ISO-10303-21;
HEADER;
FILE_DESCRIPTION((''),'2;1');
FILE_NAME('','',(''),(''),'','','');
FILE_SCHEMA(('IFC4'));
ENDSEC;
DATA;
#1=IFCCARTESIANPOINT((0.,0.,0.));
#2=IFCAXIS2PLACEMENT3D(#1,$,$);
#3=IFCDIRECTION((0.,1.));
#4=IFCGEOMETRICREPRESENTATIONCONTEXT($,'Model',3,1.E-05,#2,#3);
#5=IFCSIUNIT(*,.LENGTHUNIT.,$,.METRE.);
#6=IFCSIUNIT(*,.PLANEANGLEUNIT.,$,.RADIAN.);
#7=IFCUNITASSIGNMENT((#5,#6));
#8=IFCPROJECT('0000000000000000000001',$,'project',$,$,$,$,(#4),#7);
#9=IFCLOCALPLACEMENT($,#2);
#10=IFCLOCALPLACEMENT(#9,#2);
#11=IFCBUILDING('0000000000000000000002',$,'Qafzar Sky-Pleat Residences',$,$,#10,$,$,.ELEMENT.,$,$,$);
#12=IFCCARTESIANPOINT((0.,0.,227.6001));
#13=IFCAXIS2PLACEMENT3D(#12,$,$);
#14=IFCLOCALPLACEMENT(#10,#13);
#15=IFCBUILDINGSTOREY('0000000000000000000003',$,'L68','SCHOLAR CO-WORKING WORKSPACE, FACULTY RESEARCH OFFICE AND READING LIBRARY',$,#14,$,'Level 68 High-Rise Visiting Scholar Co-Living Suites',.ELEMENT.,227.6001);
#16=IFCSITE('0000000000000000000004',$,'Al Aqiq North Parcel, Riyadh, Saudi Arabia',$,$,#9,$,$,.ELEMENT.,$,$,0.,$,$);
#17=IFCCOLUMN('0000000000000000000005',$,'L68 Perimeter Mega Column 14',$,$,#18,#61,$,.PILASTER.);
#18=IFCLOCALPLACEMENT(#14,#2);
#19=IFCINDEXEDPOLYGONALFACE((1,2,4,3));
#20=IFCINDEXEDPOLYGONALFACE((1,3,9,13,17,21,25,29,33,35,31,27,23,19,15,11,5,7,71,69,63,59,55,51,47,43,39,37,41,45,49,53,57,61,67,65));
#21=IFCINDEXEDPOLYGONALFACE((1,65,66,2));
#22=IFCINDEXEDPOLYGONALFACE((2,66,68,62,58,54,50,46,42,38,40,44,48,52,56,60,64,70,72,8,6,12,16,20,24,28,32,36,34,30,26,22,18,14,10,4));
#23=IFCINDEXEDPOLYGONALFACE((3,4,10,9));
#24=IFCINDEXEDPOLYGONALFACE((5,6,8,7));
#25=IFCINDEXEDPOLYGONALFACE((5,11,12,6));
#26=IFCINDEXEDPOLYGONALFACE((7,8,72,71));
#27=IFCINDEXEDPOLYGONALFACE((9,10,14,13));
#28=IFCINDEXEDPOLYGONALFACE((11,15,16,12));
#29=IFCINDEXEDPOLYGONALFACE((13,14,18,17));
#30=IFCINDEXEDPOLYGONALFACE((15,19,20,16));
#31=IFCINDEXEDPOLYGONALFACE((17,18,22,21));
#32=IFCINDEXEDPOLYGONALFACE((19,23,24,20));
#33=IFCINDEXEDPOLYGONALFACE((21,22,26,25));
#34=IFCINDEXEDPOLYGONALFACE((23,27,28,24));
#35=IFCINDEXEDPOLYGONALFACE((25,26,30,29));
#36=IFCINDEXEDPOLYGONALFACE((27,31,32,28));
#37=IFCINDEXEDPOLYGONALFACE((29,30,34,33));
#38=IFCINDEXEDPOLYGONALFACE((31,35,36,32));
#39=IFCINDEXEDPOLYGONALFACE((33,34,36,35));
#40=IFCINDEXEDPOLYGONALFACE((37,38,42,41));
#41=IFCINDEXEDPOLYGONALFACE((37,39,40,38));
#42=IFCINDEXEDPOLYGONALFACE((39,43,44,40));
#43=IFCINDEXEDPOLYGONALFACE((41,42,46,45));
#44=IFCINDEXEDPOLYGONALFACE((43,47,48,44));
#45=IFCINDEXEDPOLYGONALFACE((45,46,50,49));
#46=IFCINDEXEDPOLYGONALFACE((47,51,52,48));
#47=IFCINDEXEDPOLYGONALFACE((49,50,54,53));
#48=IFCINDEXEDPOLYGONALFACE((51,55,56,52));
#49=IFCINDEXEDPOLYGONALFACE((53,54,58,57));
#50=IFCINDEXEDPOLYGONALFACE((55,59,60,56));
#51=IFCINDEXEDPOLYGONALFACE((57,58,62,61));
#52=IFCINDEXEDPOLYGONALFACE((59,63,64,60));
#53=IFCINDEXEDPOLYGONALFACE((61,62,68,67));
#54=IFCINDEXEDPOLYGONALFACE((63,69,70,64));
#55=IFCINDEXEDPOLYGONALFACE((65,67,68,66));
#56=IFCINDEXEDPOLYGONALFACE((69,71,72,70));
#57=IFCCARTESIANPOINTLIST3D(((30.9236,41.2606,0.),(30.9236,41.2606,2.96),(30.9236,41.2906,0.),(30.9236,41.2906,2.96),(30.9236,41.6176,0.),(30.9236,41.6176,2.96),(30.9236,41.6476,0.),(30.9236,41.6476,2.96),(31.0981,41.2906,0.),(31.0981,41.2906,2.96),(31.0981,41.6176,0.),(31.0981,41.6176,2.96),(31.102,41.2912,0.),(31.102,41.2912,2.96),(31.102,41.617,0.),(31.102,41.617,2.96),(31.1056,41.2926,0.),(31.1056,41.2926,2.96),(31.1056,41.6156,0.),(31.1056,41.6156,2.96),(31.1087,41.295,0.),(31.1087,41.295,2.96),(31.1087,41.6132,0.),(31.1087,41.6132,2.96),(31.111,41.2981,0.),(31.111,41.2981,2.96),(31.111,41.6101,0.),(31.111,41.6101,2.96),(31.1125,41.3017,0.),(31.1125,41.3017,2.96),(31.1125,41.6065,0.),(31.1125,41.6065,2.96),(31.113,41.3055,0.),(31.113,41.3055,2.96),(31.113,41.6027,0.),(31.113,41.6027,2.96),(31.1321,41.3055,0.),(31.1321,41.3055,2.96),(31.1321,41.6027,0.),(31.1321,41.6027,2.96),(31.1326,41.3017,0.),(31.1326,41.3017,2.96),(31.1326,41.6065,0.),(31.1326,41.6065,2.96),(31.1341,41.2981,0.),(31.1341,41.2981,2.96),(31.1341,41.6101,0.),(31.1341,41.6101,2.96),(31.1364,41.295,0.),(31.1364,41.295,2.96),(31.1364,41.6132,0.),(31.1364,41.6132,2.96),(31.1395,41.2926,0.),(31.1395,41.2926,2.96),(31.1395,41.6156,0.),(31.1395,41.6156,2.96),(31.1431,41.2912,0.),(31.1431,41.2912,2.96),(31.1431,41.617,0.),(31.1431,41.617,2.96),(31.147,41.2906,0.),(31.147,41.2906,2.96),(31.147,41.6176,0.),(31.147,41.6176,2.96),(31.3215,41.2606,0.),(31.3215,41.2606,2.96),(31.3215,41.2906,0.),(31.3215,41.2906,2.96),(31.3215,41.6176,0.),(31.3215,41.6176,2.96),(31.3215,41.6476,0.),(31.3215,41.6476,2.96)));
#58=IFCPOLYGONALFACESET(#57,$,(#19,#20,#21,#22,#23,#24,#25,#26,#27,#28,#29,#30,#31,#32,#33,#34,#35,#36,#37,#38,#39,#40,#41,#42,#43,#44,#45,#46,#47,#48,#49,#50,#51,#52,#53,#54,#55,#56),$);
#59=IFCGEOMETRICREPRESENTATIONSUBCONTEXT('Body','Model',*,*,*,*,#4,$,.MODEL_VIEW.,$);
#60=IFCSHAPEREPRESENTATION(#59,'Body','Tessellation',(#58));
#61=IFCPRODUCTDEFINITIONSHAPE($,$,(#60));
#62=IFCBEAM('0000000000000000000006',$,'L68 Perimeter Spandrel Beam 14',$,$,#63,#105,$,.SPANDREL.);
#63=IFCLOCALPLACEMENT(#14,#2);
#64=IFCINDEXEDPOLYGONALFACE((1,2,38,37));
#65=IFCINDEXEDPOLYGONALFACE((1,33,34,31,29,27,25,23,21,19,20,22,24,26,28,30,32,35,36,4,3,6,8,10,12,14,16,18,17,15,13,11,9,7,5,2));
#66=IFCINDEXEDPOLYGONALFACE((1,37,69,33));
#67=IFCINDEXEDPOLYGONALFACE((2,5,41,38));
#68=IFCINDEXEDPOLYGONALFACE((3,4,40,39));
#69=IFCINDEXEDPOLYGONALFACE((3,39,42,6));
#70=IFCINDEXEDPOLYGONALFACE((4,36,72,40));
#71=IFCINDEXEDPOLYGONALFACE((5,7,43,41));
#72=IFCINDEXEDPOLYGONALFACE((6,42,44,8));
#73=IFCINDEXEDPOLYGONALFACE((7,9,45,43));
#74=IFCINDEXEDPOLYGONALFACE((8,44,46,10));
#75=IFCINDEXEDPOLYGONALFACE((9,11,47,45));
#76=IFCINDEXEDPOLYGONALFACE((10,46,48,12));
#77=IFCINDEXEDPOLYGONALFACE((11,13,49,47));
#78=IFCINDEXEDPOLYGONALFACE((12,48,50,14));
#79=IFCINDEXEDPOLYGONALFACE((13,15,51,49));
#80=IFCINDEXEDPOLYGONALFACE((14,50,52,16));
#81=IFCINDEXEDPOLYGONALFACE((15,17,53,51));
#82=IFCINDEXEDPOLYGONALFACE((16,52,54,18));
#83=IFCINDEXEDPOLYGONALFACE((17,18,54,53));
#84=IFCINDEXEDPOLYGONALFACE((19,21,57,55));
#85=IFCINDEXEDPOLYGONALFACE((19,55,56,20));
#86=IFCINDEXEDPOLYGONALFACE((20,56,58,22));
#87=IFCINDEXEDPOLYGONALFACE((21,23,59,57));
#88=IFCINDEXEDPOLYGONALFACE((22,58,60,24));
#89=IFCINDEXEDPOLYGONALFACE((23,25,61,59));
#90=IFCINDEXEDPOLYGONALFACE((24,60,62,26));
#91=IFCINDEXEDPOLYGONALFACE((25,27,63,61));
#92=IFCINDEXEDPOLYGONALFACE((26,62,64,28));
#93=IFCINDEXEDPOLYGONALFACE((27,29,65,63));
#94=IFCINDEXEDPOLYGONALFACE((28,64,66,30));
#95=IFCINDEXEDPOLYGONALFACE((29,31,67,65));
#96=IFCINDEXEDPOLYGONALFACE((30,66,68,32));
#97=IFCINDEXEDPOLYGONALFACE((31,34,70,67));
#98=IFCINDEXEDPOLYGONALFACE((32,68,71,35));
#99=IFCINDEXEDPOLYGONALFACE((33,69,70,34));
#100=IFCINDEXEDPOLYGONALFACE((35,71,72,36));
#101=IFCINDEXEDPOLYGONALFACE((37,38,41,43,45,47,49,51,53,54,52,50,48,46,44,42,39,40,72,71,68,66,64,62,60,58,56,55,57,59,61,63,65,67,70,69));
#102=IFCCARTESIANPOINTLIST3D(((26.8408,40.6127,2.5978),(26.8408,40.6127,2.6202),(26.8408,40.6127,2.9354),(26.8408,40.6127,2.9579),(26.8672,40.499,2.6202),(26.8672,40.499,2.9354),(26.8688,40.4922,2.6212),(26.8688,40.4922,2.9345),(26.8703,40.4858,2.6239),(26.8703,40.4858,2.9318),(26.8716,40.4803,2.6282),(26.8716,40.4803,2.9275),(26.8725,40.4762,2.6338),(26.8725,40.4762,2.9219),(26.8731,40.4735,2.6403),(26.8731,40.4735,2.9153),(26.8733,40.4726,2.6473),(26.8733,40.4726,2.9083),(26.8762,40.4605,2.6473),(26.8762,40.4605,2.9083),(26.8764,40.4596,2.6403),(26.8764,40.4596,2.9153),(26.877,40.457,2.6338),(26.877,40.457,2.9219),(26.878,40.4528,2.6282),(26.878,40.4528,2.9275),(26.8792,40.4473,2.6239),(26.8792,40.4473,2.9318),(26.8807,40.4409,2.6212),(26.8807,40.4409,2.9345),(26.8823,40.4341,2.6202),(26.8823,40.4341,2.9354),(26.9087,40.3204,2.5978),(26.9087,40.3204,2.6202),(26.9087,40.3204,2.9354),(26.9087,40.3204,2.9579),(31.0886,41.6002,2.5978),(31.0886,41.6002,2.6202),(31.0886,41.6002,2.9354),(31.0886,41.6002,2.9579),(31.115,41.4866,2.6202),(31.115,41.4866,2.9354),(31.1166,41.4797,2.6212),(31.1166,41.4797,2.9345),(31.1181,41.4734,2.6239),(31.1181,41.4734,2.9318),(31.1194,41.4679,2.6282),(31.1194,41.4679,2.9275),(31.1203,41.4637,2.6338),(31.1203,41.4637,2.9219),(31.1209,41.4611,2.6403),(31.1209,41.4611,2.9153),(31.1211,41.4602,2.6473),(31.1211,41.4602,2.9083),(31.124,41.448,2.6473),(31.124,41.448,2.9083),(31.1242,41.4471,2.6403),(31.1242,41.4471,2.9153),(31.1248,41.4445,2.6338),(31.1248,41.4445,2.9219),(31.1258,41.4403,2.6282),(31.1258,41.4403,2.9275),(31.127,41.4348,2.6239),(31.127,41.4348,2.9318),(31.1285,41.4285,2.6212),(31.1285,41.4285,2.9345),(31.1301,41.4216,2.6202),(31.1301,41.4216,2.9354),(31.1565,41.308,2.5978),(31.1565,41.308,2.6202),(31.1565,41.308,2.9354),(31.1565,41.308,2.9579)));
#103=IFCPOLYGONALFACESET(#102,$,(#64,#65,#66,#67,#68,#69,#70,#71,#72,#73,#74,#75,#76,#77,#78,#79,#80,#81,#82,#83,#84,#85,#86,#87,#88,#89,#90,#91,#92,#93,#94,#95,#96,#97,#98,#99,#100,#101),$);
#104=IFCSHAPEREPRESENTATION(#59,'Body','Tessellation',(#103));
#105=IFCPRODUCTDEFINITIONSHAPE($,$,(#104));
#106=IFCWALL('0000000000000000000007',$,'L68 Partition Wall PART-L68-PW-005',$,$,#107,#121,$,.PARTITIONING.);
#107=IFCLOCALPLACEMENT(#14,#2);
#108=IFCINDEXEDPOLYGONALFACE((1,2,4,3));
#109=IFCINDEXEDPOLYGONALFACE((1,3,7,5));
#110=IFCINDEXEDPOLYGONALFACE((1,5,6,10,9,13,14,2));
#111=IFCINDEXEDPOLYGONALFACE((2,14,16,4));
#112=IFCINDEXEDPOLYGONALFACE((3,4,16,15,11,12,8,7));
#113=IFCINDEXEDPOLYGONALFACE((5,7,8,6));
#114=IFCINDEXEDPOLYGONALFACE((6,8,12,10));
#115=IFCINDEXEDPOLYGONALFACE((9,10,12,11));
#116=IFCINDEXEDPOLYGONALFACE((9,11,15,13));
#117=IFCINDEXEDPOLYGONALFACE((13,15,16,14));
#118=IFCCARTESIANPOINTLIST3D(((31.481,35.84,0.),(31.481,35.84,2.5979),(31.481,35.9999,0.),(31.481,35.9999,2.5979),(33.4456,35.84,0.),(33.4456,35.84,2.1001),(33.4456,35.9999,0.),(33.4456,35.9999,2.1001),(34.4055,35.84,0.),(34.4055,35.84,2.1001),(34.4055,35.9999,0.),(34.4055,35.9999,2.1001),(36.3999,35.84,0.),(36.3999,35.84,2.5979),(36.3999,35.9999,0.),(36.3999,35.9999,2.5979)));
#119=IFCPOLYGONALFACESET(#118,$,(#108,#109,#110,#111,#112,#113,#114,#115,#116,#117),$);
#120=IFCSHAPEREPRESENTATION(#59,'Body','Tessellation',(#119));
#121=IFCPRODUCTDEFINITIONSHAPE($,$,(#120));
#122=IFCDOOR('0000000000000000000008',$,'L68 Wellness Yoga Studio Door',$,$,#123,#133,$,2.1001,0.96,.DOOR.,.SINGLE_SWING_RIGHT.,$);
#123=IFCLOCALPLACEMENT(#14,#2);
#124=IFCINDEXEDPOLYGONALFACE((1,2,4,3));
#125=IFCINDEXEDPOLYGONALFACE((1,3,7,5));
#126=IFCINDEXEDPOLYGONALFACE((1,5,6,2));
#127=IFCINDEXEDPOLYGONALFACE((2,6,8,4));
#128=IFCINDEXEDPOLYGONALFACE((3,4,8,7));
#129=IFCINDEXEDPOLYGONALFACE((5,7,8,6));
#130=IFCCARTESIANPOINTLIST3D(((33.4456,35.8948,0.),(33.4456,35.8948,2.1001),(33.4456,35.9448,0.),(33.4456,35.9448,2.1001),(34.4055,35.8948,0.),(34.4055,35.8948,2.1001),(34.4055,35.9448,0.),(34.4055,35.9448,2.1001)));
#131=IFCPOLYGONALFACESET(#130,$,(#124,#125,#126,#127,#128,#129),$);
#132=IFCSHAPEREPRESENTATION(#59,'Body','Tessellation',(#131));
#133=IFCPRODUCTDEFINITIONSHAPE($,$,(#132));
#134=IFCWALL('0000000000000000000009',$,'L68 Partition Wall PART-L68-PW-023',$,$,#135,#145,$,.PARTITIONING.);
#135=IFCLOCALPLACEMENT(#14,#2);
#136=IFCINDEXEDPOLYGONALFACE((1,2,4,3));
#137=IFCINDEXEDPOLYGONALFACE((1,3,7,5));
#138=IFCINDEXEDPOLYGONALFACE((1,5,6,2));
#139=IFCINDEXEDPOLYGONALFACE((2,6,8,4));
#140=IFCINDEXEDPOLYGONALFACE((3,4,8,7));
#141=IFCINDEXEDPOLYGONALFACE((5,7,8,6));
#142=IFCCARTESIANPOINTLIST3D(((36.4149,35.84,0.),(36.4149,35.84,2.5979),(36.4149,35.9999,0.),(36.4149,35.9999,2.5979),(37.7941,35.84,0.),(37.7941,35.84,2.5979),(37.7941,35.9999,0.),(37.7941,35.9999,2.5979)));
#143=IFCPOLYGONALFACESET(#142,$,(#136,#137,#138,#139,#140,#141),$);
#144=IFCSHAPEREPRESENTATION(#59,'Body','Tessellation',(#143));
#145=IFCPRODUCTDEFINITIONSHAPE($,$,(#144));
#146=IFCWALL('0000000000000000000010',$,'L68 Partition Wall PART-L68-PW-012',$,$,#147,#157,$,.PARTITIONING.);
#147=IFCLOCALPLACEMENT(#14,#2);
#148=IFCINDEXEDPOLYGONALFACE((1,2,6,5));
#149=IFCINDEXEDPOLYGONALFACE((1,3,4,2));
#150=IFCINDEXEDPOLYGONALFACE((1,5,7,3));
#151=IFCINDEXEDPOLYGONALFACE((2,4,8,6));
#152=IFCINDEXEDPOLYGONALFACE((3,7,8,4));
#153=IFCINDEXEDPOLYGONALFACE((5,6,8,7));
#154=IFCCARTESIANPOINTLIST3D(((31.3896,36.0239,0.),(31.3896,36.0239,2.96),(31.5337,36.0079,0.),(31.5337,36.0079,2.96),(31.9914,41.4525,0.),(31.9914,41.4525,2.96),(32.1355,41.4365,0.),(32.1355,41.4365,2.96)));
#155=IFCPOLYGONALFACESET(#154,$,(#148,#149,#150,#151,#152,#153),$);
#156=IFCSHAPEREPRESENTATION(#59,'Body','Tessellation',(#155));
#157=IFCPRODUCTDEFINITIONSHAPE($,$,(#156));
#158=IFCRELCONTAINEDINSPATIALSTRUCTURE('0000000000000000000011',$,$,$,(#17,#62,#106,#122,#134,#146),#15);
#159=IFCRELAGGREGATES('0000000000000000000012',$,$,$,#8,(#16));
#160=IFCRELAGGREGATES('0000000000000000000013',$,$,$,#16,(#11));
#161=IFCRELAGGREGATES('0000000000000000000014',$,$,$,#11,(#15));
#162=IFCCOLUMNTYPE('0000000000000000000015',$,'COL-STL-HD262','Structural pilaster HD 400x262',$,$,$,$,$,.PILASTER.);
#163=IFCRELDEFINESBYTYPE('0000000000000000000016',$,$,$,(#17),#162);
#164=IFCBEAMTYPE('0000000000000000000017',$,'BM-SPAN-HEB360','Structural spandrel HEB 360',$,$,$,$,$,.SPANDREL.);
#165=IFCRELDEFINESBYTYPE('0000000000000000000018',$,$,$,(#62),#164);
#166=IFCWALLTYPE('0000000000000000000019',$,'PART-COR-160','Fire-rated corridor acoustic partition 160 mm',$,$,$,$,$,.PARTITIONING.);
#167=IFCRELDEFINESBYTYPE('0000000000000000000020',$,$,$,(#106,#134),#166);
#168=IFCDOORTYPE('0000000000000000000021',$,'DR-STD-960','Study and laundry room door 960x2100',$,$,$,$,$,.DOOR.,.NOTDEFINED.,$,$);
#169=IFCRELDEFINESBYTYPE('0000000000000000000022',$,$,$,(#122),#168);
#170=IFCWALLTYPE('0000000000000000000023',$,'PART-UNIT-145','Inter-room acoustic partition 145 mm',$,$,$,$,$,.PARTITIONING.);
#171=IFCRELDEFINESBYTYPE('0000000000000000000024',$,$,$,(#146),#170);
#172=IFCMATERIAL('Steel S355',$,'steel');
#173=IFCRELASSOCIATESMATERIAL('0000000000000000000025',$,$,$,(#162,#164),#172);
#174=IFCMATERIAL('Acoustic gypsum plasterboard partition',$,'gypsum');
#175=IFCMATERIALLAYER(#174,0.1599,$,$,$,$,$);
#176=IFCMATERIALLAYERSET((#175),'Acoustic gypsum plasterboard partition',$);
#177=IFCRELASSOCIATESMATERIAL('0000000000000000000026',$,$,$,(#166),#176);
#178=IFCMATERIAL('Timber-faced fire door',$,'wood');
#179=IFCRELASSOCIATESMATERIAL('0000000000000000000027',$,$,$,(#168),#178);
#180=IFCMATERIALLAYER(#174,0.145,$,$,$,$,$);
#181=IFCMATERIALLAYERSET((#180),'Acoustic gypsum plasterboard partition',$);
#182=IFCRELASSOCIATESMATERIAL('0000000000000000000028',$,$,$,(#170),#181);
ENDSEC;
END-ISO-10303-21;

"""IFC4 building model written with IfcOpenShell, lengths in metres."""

from ifc_helpers import new_model, si_unit, direction, frame, frame_2d, origin, origin_2d, place, context, subcontext, project, spatial, rectangle, i_section, extrude, source, transform, mapped, material, layer, layer_set, material_profile, profile_set, type_object, element, fill, save


model = new_model("IFC4")

# Units and contexts
model_context = context("Model", 3, precision=1e-05, world=origin(), true_north=direction((0.0, 1.0)))
body_context = subcontext(model_context, "Body", "Model", "MODEL_VIEW")
ifc_project = project(units=[si_unit("LENGTHUNIT", "METRE"), si_unit("PLANEANGLEUNIT", "RADIAN")], contexts=[model_context])

# Site, building, storey
site_placement = place(None, origin())
site = spatial("IfcSite", under=ifc_project, at=site_placement, Name="Al Aqiq North Parcel, Riyadh, Saudi Arabia", CompositionType="ELEMENT", RefElevation=0.0)
building_placement = place(site_placement, origin())
building = spatial("IfcBuilding", under=site, at=building_placement, Name="Qafzar Sky-Pleat Residences", CompositionType="ELEMENT")
storey_placement = place(building_placement, frame((0.0, 0.0, 227.6001)))
storey = spatial("IfcBuildingStorey", under=building, at=storey_placement, Name="L68", Description="SCHOLAR CO-WORKING WORKSPACE, FACULTY RESEARCH OFFICE AND READING LIBRARY", LongName="Level 68 High-Rise Visiting Scholar Co-Living Suites", CompositionType="ELEMENT", Elevation=227.6001)

# Column
ifc_material_1 = material(Name="Steel S355", Category="steel")
ifc_material_profile_1 = material_profile(ifc_material_1, i_section(OverallWidth=0.3979, OverallDepth=0.387, WebThickness=0.019, FlangeThickness=0.03, FilletRadius=0.0149, at=origin_2d()), Name="HD 400x262")
ifc_profile_set_1 = profile_set([ifc_material_profile_1], Name="Steel S355")
column_type = type_object("IfcColumnType", Name="COL-STL-HD262", Description="Structural pilaster HD 400x262", PredefinedType="PILASTER", material=ifc_profile_set_1)
shared_shape_1 = source(origin(), body_context, "Body", "SweptSolid", [
    extrude(i_section(OverallWidth=0.3979, OverallDepth=0.387, WebThickness=0.019, FlangeThickness=0.03, FilletRadius=0.0149, at=origin_2d()), origin(), (0.0, 0.0, 1.0), 2.96),
])
column_placement = place(storey_placement, frame((31.1226, 41.4541, 0.0), z_axis=(0.0, 0.0, 1.0), x_axis=(1.0, 0.0, 0.0)))
element("IfcColumn", 1, at=column_placement, inside=storey, type_object=column_type, Name="L68 Perimeter Mega Column 14", PredefinedType="PILASTER", context=body_context, shape_type="MappedRepresentation", body=[
    mapped(shared_shape_1, transform((0.0, 0.0, 0.0), x_axis=(1.0, 0.0, 0.0), y_axis=(0.0, 1.0, 0.0), z_axis=(0.0, 0.0, 1.0), scale=1.0)),
])

# Beam
ifc_material_profile_2 = material_profile(ifc_material_1, i_section(OverallWidth=0.3, OverallDepth=0.3601, WebThickness=0.0125, FlangeThickness=0.0225, FilletRadius=0.0271, at=origin_2d()), Name="HEB 360")
ifc_profile_set_2 = profile_set([ifc_material_profile_2], Name="Steel S355")
beam_type = type_object("IfcBeamType", Name="BM-SPAN-HEB360", Description="Structural spandrel HEB 360", PredefinedType="SPANDREL", material=ifc_profile_set_2)
shared_shape_2 = source(origin(), body_context, "Body", "SweptSolid", [
    extrude(i_section(OverallWidth=0.3, OverallDepth=0.3601, WebThickness=0.0125, FlangeThickness=0.0225, FilletRadius=0.0271, at=origin_2d()), origin(), (0.0, 0.0, 1.0), 4.3611),
])
beam_placement = place(storey_placement, frame((31.1226, 41.4541, 2.7778), z_axis=(-0.974024, -0.226446, 0.0), x_axis=(0.226446, -0.974024, 0.0)))
element("IfcBeam", 2, at=beam_placement, inside=storey, type_object=beam_type, Name="L68 Perimeter Spandrel Beam 14", PredefinedType="SPANDREL", context=body_context, shape_type="MappedRepresentation", body=[
    mapped(shared_shape_2, transform((0.0, 0.0, 0.0), x_axis=(1.0, 0.0, 0.0), y_axis=(0.0, 1.0, 0.0), z_axis=(0.0, 0.0, 1.0), scale=1.0)),
])

# Wall, opening, door
ifc_material_2 = material(Name="Acoustic gypsum plasterboard partition", Category="gypsum")
ifc_layer_1 = layer(ifc_material_2, 0.1599)
ifc_layer_set_1 = layer_set([ifc_layer_1], Name="Acoustic gypsum plasterboard partition")
wall_type_1 = type_object("IfcWallType", Name="PART-COR-160", Description="Fire-rated corridor acoustic partition 160 mm", PredefinedType="PARTITIONING", material=ifc_layer_set_1)
wall_1_placement = place(storey_placement, frame((31.481, 35.9199, 0.0), z_axis=(0.0, 0.0, 1.0), x_axis=(1.0, 0.0, 0.0)))
wall_1 = element("IfcWall", 3, at=wall_1_placement, inside=storey, type_object=wall_type_1, Name="L68 Partition Wall PART-L68-PW-005", PredefinedType="PARTITIONING", context=body_context, shape_type="SweptSolid", body=[
    extrude(rectangle(XDim=4.9189, YDim=0.1599, at=frame_2d((2.4595, 0.0))), origin(), (0.0, 0.0, 1.0), 2.5979),
])
opening_1_placement = place(wall_1_placement, frame((1.9646, 0.0, 0.0)))
opening_1 = element("IfcOpeningElement", 4, at=opening_1_placement, cuts=wall_1, PredefinedType="OPENING", context=body_context, shape_type="SweptSolid", body=[
    extrude(rectangle(XDim=0.96, YDim=2.1001, at=frame_2d((0.48, 1.05))), frame((0.0, 0.0898, 0.0), z_axis=(0.0, -1.0, 0.0), x_axis=(1.0, 0.0, 0.0)), (0.0, 0.0, 1.0), 0.1799),
])
ifc_material_3 = material(Name="Timber-faced fire door", Category="wood")
door_type_1 = type_object("IfcDoorType", Name="DR-STD-960", Description="Study and laundry room door 960x2100", OperationType="NOTDEFINED", PredefinedType="DOOR", material=ifc_material_3)
shared_shape_3 = source(origin(), body_context, "Body", "SweptSolid", [
    extrude(rectangle(XDim=0.96, YDim=2.1001, at=frame_2d((0.48, 1.05))), frame((0.0, 0.0249, 0.0), z_axis=(0.0, -1.0, 0.0), x_axis=(1.0, 0.0, 0.0)), (0.0, 0.0, 1.0), 0.05),
])
door_1_placement = place(opening_1_placement, origin())
door_1 = element("IfcDoor", 5, at=door_1_placement, inside=storey, type_object=door_type_1, Name="L68 Wellness Yoga Studio Door", OperationType="SINGLE_SWING_RIGHT", OverallHeight=2.1001, OverallWidth=0.96, PredefinedType="DOOR", context=body_context, shape_type="MappedRepresentation", body=[
    mapped(shared_shape_3, transform((0.0, 0.0, 0.0), x_axis=(1.0, 0.0, 0.0), y_axis=(0.0, 1.0, 0.0), z_axis=(0.0, 0.0, 1.0), scale=1.0)),
])
fill(opening_1, door_1)

# Walls
wall_2_placement = place(storey_placement, frame((36.415, 35.9199, 0.0), z_axis=(0.0, 0.0, 1.0), x_axis=(1.0, 0.0, 0.0)))
element("IfcWall", 6, at=wall_2_placement, inside=storey, type_object=wall_type_1, Name="L68 Partition Wall PART-L68-PW-023", PredefinedType="PARTITIONING", context=body_context, shape_type="SweptSolid", body=[
    extrude(rectangle(XDim=1.3792, YDim=0.1599, at=frame_2d((0.6895, 0.0))), origin(), (0.0, 0.0, 1.0), 2.5979),
])
ifc_layer_2 = layer(ifc_material_2, 0.145)
ifc_layer_set_2 = layer_set([ifc_layer_2], Name="Acoustic gypsum plasterboard partition")
wall_type_2 = type_object("IfcWallType", Name="PART-UNIT-145", Description="Inter-room acoustic partition 145 mm", PredefinedType="PARTITIONING", material=ifc_layer_set_2)
wall_3_placement = place(storey_placement, frame((31.4617, 36.0159, 0.0), z_axis=(0.0, 0.0, 1.0), x_axis=(0.110181, 0.993912, 0.0)))
element("IfcWall", 7, at=wall_3_placement, inside=storey, type_object=wall_type_2, Name="L68 Partition Wall PART-L68-PW-012", PredefinedType="PARTITIONING", context=body_context, shape_type="SweptSolid", body=[
    extrude(rectangle(XDim=5.4619, YDim=0.145, at=frame_2d((2.731, 0.0))), origin(), (0.0, 0.0, 1.0), 2.96),
])

save(model, "model.ifc")
